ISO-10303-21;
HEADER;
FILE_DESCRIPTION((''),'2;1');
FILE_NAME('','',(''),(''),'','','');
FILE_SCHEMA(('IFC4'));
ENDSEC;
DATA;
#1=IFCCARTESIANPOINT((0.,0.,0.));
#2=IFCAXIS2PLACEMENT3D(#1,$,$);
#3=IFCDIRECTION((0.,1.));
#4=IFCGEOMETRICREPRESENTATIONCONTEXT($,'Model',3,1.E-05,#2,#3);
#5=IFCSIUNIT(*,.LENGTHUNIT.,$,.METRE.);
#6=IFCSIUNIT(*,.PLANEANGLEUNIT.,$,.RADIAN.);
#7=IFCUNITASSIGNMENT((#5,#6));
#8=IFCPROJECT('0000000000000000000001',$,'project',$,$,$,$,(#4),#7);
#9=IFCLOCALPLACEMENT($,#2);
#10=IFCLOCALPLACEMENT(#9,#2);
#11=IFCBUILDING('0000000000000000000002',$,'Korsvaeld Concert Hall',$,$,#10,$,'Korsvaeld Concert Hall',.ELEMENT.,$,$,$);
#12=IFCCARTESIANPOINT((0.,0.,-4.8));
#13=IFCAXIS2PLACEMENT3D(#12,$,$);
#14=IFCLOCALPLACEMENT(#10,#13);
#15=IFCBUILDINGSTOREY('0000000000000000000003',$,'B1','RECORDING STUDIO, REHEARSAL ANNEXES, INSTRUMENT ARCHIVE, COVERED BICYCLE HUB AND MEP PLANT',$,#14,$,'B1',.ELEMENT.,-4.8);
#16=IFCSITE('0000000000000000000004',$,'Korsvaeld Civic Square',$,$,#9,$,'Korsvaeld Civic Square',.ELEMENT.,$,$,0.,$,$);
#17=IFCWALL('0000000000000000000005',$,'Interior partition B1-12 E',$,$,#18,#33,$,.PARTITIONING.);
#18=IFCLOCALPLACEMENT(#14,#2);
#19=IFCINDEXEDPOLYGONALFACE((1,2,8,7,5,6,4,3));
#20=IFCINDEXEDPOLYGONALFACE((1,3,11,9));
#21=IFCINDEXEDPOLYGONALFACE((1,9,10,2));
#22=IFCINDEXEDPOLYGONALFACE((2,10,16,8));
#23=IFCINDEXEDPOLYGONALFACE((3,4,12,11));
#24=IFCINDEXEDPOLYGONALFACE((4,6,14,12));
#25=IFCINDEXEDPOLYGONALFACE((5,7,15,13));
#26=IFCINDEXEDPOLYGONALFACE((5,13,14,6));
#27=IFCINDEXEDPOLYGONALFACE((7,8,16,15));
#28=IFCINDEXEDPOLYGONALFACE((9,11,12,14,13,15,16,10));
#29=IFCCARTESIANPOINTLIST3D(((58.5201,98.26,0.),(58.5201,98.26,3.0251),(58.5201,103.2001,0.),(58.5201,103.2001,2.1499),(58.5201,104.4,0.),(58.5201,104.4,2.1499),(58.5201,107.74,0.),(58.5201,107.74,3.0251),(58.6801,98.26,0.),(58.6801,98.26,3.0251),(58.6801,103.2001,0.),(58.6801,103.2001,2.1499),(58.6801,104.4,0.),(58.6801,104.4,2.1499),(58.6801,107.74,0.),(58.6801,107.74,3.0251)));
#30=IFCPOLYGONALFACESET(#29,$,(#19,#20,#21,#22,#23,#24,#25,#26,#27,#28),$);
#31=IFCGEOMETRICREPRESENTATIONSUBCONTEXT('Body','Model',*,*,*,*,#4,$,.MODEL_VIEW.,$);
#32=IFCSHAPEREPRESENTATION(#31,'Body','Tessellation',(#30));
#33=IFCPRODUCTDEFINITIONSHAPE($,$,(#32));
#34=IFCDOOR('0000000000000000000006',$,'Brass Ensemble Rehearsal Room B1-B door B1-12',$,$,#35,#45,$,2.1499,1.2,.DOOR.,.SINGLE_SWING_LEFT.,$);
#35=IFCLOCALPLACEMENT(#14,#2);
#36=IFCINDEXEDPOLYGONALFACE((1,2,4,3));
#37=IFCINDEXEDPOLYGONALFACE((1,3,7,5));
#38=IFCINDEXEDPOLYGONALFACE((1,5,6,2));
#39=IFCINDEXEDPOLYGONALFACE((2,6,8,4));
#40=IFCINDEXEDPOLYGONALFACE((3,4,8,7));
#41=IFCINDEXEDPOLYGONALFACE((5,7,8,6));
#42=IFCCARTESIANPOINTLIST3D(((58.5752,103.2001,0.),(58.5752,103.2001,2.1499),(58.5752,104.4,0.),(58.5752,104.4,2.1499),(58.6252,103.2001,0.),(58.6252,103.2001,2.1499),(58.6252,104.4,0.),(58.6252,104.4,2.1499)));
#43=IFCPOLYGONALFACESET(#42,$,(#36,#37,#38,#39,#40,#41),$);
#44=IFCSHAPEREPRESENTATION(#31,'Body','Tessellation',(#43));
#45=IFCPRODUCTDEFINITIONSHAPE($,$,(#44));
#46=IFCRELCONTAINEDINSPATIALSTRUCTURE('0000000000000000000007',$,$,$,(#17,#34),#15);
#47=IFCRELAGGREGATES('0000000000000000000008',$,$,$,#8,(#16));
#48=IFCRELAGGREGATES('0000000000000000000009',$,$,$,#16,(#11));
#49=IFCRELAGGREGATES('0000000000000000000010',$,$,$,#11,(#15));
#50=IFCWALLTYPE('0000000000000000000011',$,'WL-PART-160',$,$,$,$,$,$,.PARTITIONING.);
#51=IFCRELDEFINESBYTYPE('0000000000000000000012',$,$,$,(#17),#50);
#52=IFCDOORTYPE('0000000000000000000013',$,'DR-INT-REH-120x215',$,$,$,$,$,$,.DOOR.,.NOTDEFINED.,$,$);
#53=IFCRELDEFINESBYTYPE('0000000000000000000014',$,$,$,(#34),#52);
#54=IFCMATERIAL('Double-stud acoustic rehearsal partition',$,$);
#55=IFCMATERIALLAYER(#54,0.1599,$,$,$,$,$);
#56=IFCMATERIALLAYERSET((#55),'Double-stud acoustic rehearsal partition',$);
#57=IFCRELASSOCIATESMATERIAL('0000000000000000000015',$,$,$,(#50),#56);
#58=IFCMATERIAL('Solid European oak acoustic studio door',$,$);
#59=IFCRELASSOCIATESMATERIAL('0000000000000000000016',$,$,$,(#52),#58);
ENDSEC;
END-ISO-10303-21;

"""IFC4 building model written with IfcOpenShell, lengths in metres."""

from ifc_helpers import new_model, si_unit, direction, frame, frame_2d, origin, place, context, subcontext, project, spatial, rectangle, extrude, material, layer, layer_set, type_object, element, fill, save


model = new_model("IFC4")

# Units and contexts
model_context = context("Model", 3, precision=1e-05, world=origin(), true_north=direction((0.0, 1.0)))
body_context = subcontext(model_context, "Body", "Model", "MODEL_VIEW")
ifc_project = project(units=[si_unit("LENGTHUNIT", "METRE"), si_unit("PLANEANGLEUNIT", "RADIAN")], contexts=[model_context])

# Site, building, storey
site_placement = place(None, origin())
site = spatial("IfcSite", under=ifc_project, at=site_placement, Name="Korsvaeld Civic Square", LongName="Korsvaeld Civic Square", CompositionType="ELEMENT", RefElevation=0.0)
building_placement = place(site_placement, origin())
building = spatial("IfcBuilding", under=site, at=building_placement, Name="Korsvaeld Concert Hall", LongName="Korsvaeld Concert Hall", CompositionType="ELEMENT")
storey_placement = place(building_placement, frame((0.0, 0.0, -4.8)))
storey = spatial("IfcBuildingStorey", under=building, at=storey_placement, Name="B1", Description="RECORDING STUDIO, REHEARSAL ANNEXES, INSTRUMENT ARCHIVE, COVERED BICYCLE HUB AND MEP PLANT", LongName="B1", CompositionType="ELEMENT", Elevation=-4.8)

# Wall, opening, door
ifc_material_1 = material(Name="Double-stud acoustic rehearsal partition")
ifc_layer_1 = layer(ifc_material_1, 0.1599)
ifc_layer_set_1 = layer_set([ifc_layer_1], Name="Double-stud acoustic rehearsal partition")
wall_type_1 = type_object("IfcWallType", Name="WL-PART-160", PredefinedType="PARTITIONING", material=ifc_layer_set_1)
wall_1_placement = place(storey_placement, frame((58.6001, 98.26, 0.0), z_axis=(0.0, 0.0, 1.0), x_axis=(0.0, 1.0, 0.0)))
wall_1 = element("IfcWall", 1, at=wall_1_placement, inside=storey, type_object=wall_type_1, Name="Interior partition B1-12 E", PredefinedType="PARTITIONING", context=body_context, shape_type="SweptSolid", body=[
    extrude(rectangle(XDim=9.48, YDim=0.1599, at=frame_2d((4.74, 0.0))), origin(), (0.0, 0.0, 1.0), 3.0251),
])
opening_1_placement = place(wall_1_placement, frame((4.9399, 0.0, 0.0)))
opening_1 = element("IfcOpeningElement", 2, at=opening_1_placement, cuts=wall_1, PredefinedType="OPENING", context=body_context, shape_type="SweptSolid", body=[
    extrude(rectangle(XDim=1.2, YDim=2.1499, at=frame_2d((0.6001, 1.075))), frame((0.0, 0.0898, 0.0), z_axis=(0.0, -1.0, 0.0), x_axis=(1.0, 0.0, 0.0)), (0.0, 0.0, 1.0), 0.1799),
])
ifc_material_2 = material(Name="Solid European oak acoustic studio door")
door_type_1 = type_object("IfcDoorType", Name="DR-INT-REH-120x215", OperationType="NOTDEFINED", PredefinedType="DOOR", material=ifc_material_2)
door_1_placement = place(opening_1_placement, origin())
door_1 = element("IfcDoor", 3, at=door_1_placement, inside=storey, type_object=door_type_1, Name="Brass Ensemble Rehearsal Room B1-B door B1-12", OperationType="SINGLE_SWING_LEFT", OverallHeight=2.1499, OverallWidth=1.2, PredefinedType="DOOR", context=body_context, shape_type="SweptSolid", body=[
    extrude(rectangle(XDim=1.2, YDim=2.1499, at=frame_2d((0.6001, 1.075))), frame((0.0, 0.0249, 0.0), z_axis=(0.0, -1.0, 0.0), x_axis=(1.0, 0.0, 0.0)), (0.0, 0.0, 1.0), 0.05),
])
fill(opening_1, door_1)

save(model, "model.ifc")
